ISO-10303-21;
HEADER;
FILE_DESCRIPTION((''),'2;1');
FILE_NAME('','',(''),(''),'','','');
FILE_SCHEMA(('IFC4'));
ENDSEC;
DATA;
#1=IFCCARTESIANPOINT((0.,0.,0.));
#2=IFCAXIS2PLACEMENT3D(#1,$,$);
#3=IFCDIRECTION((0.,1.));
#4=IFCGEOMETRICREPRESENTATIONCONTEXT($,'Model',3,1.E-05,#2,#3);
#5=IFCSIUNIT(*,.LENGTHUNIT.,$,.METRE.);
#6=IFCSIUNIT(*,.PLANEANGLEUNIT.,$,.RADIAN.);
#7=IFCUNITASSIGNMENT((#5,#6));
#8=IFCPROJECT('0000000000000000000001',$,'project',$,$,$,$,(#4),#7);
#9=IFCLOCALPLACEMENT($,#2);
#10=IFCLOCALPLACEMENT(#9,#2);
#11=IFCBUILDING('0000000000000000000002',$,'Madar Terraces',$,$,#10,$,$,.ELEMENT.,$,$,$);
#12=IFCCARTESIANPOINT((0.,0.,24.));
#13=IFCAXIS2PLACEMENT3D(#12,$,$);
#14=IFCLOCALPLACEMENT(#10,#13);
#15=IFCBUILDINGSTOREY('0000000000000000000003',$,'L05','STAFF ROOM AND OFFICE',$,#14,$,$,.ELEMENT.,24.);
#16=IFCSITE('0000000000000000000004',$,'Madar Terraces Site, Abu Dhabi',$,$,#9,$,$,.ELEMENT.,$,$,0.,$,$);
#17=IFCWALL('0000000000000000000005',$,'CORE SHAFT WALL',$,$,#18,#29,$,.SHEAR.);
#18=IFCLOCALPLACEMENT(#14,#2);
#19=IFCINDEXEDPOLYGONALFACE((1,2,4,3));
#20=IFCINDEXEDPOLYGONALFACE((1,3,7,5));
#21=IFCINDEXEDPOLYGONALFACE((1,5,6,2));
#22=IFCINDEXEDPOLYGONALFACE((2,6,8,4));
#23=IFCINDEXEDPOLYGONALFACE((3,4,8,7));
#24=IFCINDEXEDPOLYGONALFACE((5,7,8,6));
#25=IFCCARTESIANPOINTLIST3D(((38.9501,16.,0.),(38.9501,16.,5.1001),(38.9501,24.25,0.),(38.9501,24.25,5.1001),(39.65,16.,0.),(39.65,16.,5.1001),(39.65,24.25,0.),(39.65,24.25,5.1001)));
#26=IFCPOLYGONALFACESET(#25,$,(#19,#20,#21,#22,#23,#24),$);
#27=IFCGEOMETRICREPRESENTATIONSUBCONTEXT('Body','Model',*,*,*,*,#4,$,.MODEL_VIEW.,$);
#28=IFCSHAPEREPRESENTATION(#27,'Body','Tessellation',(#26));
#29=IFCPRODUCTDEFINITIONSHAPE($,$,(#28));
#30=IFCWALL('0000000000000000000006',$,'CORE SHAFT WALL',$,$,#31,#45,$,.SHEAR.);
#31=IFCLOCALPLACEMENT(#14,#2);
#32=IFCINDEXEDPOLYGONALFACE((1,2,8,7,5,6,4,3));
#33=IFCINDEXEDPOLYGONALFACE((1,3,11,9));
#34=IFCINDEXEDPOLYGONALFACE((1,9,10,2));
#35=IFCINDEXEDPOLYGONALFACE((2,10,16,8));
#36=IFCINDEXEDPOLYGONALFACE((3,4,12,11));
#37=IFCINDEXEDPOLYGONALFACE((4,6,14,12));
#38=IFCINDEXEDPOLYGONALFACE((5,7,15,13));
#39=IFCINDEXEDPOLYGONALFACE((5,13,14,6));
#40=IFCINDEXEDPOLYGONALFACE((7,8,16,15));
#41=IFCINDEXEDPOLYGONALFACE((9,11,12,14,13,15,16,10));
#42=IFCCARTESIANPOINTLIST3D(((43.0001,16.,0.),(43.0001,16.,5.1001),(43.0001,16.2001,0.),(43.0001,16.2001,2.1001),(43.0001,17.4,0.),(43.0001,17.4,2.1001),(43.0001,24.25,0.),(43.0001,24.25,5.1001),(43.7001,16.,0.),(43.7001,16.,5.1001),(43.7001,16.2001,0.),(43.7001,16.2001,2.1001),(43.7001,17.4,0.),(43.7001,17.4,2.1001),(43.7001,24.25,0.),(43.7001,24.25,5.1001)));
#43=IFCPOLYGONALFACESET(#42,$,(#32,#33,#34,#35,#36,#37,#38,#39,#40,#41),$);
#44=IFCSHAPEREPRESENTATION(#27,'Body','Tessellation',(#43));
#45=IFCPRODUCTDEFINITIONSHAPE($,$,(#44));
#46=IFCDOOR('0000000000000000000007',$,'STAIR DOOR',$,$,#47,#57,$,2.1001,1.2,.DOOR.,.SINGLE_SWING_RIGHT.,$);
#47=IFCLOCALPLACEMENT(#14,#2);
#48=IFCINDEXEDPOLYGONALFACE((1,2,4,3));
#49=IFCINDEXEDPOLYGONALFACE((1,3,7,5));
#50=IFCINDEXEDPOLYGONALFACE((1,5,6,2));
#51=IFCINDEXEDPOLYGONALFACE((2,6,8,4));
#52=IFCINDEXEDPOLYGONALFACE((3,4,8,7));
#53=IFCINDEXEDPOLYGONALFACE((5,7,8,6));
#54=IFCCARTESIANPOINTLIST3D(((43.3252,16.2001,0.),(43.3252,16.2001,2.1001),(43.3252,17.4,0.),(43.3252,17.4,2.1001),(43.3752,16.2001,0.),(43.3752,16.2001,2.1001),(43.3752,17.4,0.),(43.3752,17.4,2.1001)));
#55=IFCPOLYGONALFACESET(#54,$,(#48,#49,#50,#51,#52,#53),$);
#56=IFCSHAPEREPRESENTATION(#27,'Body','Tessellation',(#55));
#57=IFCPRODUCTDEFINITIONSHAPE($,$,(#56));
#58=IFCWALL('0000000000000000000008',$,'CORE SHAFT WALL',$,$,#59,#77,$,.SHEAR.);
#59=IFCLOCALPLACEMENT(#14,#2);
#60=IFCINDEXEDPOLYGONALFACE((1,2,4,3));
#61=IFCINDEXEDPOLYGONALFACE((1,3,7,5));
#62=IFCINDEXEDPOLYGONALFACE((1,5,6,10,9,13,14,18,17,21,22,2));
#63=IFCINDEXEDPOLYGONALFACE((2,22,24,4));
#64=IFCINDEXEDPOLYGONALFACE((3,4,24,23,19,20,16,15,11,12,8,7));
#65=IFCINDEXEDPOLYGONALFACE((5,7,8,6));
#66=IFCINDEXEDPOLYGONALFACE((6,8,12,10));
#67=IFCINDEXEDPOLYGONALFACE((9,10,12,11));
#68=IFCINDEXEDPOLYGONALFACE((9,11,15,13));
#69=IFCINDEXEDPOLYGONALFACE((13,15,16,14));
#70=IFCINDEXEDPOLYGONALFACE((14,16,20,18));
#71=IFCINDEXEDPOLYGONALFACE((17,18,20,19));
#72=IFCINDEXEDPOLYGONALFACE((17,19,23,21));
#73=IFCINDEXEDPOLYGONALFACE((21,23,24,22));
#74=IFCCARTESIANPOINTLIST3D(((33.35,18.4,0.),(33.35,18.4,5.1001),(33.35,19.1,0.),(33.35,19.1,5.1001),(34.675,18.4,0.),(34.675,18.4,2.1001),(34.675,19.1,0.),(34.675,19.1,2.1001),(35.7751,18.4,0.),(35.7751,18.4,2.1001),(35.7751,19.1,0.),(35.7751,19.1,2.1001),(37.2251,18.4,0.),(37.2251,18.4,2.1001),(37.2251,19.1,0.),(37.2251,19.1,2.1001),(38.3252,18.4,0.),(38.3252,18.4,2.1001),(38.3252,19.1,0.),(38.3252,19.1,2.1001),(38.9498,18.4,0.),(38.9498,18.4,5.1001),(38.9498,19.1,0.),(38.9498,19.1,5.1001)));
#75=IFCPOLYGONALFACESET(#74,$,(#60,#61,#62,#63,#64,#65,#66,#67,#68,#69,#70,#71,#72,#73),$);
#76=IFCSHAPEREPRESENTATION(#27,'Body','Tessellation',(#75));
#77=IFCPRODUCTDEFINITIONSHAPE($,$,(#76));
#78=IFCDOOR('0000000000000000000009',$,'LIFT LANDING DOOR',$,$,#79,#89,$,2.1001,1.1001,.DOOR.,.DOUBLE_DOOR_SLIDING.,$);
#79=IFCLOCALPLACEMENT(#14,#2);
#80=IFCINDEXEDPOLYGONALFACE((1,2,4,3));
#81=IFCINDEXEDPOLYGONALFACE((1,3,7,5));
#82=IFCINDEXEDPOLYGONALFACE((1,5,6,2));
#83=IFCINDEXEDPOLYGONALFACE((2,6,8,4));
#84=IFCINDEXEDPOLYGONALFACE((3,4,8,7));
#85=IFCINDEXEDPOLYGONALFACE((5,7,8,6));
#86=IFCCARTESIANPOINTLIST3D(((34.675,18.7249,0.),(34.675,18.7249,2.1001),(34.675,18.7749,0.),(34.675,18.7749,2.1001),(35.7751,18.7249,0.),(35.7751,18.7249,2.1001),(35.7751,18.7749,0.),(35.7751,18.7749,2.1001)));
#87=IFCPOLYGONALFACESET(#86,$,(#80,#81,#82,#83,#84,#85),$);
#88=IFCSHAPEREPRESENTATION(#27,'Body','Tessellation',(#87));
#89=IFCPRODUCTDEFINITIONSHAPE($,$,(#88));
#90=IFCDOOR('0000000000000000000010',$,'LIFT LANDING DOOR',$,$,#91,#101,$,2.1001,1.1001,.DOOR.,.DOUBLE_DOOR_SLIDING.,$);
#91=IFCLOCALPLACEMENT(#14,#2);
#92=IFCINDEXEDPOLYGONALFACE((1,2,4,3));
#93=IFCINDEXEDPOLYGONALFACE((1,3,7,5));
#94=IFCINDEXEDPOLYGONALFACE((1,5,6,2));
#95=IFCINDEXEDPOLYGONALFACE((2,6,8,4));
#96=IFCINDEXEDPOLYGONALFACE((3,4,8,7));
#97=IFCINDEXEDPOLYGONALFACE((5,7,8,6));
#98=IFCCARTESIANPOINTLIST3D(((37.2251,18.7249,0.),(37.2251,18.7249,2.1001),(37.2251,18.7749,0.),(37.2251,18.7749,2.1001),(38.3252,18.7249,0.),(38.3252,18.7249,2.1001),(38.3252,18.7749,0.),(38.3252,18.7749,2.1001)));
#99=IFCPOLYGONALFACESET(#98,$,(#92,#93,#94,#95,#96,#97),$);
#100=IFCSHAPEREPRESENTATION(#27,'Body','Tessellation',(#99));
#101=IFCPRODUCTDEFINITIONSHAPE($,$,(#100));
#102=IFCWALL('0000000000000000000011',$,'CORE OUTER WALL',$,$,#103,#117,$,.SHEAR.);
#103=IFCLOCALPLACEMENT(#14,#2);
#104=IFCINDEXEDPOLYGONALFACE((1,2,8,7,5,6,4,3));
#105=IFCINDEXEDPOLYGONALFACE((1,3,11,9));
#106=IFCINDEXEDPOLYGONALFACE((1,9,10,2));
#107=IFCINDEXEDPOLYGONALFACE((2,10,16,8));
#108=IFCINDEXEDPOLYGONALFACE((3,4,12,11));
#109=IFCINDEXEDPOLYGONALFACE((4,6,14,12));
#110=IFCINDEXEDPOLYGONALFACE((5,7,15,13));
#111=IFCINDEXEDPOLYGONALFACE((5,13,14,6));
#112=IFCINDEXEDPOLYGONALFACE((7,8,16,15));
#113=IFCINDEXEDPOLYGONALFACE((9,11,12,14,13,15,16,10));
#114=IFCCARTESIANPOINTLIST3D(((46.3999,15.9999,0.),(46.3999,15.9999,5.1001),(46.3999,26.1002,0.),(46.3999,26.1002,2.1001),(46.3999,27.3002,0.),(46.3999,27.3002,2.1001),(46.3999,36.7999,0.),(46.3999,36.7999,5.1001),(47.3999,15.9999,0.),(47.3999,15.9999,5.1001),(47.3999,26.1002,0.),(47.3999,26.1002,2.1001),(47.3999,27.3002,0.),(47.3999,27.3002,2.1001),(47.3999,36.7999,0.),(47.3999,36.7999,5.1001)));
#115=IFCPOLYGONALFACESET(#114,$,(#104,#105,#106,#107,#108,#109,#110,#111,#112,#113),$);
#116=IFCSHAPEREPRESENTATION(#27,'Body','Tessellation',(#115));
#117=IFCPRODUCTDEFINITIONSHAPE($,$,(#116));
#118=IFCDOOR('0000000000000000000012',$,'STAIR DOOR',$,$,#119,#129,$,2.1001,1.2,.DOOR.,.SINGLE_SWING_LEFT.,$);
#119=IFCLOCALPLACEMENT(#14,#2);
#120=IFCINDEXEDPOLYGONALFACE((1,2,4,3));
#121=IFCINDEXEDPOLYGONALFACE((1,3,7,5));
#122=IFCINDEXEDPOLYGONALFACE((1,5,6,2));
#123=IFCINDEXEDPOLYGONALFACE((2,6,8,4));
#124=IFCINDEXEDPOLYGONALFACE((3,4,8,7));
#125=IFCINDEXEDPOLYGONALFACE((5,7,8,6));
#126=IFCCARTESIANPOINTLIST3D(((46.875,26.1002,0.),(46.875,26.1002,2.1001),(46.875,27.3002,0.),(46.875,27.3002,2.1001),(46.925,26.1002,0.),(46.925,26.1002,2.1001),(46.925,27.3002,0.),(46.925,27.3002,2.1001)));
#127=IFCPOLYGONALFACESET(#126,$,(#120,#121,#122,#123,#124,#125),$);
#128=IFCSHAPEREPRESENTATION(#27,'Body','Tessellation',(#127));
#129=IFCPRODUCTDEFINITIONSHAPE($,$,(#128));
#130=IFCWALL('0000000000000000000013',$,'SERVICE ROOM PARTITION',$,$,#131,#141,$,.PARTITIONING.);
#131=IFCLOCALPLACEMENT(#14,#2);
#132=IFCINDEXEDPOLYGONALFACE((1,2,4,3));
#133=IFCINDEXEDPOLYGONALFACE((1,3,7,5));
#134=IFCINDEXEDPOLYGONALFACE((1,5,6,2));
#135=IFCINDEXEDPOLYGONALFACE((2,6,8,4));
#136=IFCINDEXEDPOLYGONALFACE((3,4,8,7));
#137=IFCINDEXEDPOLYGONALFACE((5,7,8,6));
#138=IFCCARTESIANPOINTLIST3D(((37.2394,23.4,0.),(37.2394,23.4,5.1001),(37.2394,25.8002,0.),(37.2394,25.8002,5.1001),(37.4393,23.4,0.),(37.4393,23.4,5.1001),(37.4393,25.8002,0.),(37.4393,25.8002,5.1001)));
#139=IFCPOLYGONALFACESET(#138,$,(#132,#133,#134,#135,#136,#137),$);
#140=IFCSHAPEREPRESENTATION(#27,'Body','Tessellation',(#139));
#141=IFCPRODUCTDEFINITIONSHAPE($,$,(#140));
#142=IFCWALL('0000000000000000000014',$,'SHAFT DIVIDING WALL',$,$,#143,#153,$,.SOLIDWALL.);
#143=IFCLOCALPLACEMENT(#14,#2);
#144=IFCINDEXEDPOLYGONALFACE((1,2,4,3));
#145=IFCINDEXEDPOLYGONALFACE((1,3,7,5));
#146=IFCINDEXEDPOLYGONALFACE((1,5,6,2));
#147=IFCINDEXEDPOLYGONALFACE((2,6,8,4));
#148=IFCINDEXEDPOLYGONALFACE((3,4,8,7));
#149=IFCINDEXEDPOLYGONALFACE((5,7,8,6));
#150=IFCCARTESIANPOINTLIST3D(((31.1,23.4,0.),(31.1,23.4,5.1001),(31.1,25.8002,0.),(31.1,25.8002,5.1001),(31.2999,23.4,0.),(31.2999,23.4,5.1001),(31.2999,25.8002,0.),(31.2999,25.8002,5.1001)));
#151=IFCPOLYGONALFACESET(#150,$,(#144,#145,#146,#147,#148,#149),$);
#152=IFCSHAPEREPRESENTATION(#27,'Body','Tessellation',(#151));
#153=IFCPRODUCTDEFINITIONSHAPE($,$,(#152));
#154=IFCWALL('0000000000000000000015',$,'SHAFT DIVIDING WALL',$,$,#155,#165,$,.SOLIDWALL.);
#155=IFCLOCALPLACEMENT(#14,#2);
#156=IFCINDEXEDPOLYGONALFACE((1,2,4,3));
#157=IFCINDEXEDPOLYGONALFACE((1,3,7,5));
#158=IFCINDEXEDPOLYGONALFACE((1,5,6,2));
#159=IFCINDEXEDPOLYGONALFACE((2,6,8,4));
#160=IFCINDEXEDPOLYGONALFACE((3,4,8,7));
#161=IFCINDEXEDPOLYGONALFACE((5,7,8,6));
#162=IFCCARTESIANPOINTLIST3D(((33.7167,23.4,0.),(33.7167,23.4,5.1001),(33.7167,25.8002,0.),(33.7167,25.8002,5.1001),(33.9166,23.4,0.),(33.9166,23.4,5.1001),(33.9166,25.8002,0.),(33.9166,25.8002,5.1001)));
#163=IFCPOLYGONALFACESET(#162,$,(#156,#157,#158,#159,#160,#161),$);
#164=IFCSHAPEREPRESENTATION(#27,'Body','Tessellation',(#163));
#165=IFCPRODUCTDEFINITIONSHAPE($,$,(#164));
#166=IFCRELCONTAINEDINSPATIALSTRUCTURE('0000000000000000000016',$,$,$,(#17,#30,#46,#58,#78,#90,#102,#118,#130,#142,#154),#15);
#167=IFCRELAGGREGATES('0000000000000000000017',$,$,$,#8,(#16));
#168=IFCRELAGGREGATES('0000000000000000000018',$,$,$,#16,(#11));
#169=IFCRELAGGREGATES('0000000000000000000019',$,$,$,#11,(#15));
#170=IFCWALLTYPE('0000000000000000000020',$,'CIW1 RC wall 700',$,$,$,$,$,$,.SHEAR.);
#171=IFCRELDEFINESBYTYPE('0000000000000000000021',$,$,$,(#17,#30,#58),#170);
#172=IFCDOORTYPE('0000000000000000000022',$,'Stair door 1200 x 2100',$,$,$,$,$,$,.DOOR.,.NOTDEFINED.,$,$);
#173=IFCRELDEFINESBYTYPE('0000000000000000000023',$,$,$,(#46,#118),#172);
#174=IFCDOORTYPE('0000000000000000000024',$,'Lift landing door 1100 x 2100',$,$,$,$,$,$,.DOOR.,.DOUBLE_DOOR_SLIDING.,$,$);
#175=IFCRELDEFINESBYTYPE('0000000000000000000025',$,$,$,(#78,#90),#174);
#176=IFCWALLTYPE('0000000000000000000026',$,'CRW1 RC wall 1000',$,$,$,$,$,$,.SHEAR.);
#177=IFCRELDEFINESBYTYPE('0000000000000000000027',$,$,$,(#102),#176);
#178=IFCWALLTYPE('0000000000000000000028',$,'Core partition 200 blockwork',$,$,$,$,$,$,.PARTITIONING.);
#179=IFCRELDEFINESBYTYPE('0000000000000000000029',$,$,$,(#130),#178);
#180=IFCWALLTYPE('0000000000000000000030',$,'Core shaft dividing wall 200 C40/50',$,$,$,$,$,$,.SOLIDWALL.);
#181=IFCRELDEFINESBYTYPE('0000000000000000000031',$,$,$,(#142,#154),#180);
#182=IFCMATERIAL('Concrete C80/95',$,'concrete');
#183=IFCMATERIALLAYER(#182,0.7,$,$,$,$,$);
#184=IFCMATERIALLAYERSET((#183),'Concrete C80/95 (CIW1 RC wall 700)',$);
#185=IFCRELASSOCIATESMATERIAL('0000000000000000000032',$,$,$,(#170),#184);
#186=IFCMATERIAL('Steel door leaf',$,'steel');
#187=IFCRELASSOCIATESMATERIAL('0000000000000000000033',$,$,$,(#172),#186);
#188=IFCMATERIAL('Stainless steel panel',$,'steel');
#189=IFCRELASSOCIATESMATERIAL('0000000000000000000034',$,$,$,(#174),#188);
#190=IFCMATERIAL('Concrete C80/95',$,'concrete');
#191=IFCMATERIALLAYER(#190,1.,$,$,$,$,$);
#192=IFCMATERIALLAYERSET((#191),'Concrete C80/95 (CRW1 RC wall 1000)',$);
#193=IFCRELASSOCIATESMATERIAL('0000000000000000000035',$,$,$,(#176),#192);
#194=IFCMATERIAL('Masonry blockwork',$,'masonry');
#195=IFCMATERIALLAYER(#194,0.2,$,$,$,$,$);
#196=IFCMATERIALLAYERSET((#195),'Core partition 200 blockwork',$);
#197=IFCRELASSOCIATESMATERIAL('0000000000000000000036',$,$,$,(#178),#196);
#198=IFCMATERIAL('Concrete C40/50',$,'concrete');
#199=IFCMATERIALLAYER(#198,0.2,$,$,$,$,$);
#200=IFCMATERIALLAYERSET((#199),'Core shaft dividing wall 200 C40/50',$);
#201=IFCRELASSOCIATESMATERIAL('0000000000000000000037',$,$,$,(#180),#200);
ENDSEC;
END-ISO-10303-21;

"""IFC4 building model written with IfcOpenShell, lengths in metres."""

from ifc_helpers import new_model, si_unit, direction, frame, frame_2d, origin, place, context, subcontext, project, spatial, rectangle, extrude, material, layer, layer_set, type_object, element, fill, save


model = new_model("IFC4")

# Units and contexts
model_context = context("Model", 3, precision=1e-05, world=origin(), true_north=direction((0.0, 1.0)))
body_context = subcontext(model_context, "Body", "Model", "MODEL_VIEW")
ifc_project = project(units=[si_unit("LENGTHUNIT", "METRE"), si_unit("PLANEANGLEUNIT", "RADIAN")], contexts=[model_context])

# Site, building, storey
site_placement = place(None, origin())
site = spatial("IfcSite", under=ifc_project, at=site_placement, Name="Madar Terraces Site, Abu Dhabi", CompositionType="ELEMENT", RefElevation=0.0)
building_placement = place(site_placement, origin())
building = spatial("IfcBuilding", under=site, at=building_placement, Name="Madar Terraces", CompositionType="ELEMENT")
storey_placement = place(building_placement, frame((0.0, 0.0, 24.0)))
storey = spatial("IfcBuildingStorey", under=building, at=storey_placement, Name="L05", Description="STAFF ROOM AND OFFICE", CompositionType="ELEMENT", Elevation=24.0)

# Wall
ifc_material_1 = material(Name="Concrete C80/95", Category="concrete")
ifc_layer_1 = layer(ifc_material_1, 0.7)
ifc_layer_set_1 = layer_set([ifc_layer_1], Name="Concrete C80/95 (CIW1 RC wall 700)")
wall_type_1 = type_object("IfcWallType", Name="CIW1 RC wall 700", PredefinedType="SHEAR", material=ifc_layer_set_1)
wall_1_placement = place(storey_placement, frame((39.3, 16.0, 0.0), z_axis=(0.0, 0.0, 1.0), x_axis=(0.0, 1.0, 0.0)))
element("IfcWall", 1, at=wall_1_placement, inside=storey, type_object=wall_type_1, Name="CORE SHAFT WALL", PredefinedType="SHEAR", context=body_context, shape_type="SweptSolid", body=[
    extrude(rectangle(XDim=8.25, YDim=0.7, at=frame_2d((4.125, 0.0))), origin(), (0.0, 0.0, 1.0), 5.1001),
])

# Wall, opening, door
wall_2_placement = place(storey_placement, frame((43.3501, 16.0, 0.0), z_axis=(0.0, 0.0, 1.0), x_axis=(0.0, 1.0, 0.0)))
wall_2 = element("IfcWall", 2, at=wall_2_placement, inside=storey, type_object=wall_type_1, Name="CORE SHAFT WALL", PredefinedType="SHEAR", context=body_context, shape_type="SweptSolid", body=[
    extrude(rectangle(XDim=8.25, YDim=0.7, at=frame_2d((4.125, 0.0))), origin(), (0.0, 0.0, 1.0), 5.1001),
])
opening_1_placement = place(wall_2_placement, frame((0.2, 0.0, 0.0)))
opening_1 = element("IfcOpeningElement", 3, at=opening_1_placement, cuts=wall_2, PredefinedType="OPENING", context=body_context, shape_type="SweptSolid", body=[
    extrude(rectangle(XDim=1.2, YDim=2.1001, at=frame_2d((0.6001, 1.05))), frame((0.0, 0.3599, 0.0), z_axis=(0.0, -1.0, 0.0), x_axis=(1.0, 0.0, 0.0)), (0.0, 0.0, 1.0), 0.72),
])
ifc_material_2 = material(Name="Steel door leaf", Category="steel")
door_type_1 = type_object("IfcDoorType", Name="Stair door 1200 x 2100", OperationType="NOTDEFINED", PredefinedType="DOOR", material=ifc_material_2)
door_1_placement = place(opening_1_placement, origin())
door_1 = element("IfcDoor", 4, at=door_1_placement, inside=storey, type_object=door_type_1, Name="STAIR DOOR", OperationType="SINGLE_SWING_RIGHT", OverallHeight=2.1001, OverallWidth=1.2, PredefinedType="DOOR", context=body_context, shape_type="SweptSolid", body=[
    extrude(rectangle(XDim=1.2, YDim=2.1001, at=frame_2d((0.6001, 1.05))), frame((0.0, 0.0249, 0.0), z_axis=(0.0, -1.0, 0.0), x_axis=(1.0, 0.0, 0.0)), (0.0, 0.0, 1.0), 0.05),
])
fill(opening_1, door_1)

# Wall, openings, doors
wall_3_placement = place(storey_placement, frame((33.3501, 18.75, 0.0), z_axis=(0.0, 0.0, 1.0), x_axis=(1.0, 0.0, 0.0)))
wall_3 = element("IfcWall", 5, at=wall_3_placement, inside=storey, type_object=wall_type_1, Name="CORE SHAFT WALL", PredefinedType="SHEAR", context=body_context, shape_type="SweptSolid", body=[
    extrude(rectangle(XDim=5.5999, YDim=0.7, at=frame_2d((2.7998, 0.0))), origin(), (0.0, 0.0, 1.0), 5.1001),
])
opening_2_placement = place(wall_3_placement, frame((1.325, 0.0, 0.0)))
opening_2 = element("IfcOpeningElement", 6, at=opening_2_placement, cuts=wall_3, PredefinedType="OPENING", context=body_context, shape_type="SweptSolid", body=[
    extrude(rectangle(XDim=1.1001, YDim=2.1001, at=frame_2d((0.55, 1.05))), frame((0.0, 0.3599, 0.0), z_axis=(0.0, -1.0, 0.0), x_axis=(1.0, 0.0, 0.0)), (0.0, 0.0, 1.0), 0.72),
])
opening_3_placement = place(wall_3_placement, frame((3.875, 0.0, 0.0)))
opening_3 = element("IfcOpeningElement", 7, at=opening_3_placement, cuts=wall_3, PredefinedType="OPENING", context=body_context, shape_type="SweptSolid", body=[
    extrude(rectangle(XDim=1.1001, YDim=2.1001, at=frame_2d((0.55, 1.05))), frame((0.0, 0.3599, 0.0), z_axis=(0.0, -1.0, 0.0), x_axis=(1.0, 0.0, 0.0)), (0.0, 0.0, 1.0), 0.72),
])
ifc_material_3 = material(Name="Stainless steel panel", Category="steel")
door_type_2 = type_object("IfcDoorType", Name="Lift landing door 1100 x 2100", OperationType="DOUBLE_DOOR_SLIDING", PredefinedType="DOOR", material=ifc_material_3)
door_2_placement = place(opening_2_placement, origin())
door_2 = element("IfcDoor", 8, at=door_2_placement, inside=storey, type_object=door_type_2, Name="LIFT LANDING DOOR", OperationType="DOUBLE_DOOR_SLIDING", OverallHeight=2.1001, OverallWidth=1.1001, PredefinedType="DOOR", context=body_context, shape_type="SweptSolid", body=[
    extrude(rectangle(XDim=1.1001, YDim=2.1001, at=frame_2d((0.55, 1.05))), frame((0.0, 0.0249, 0.0), z_axis=(0.0, -1.0, 0.0), x_axis=(1.0, 0.0, 0.0)), (0.0, 0.0, 1.0), 0.05),
])
fill(opening_2, door_2)
door_3_placement = place(opening_3_placement, origin())
door_3 = element("IfcDoor", 9, at=door_3_placement, inside=storey, type_object=door_type_2, Name="LIFT LANDING DOOR", OperationType="DOUBLE_DOOR_SLIDING", OverallHeight=2.1001, OverallWidth=1.1001, PredefinedType="DOOR", context=body_context, shape_type="SweptSolid", body=[
    extrude(rectangle(XDim=1.1001, YDim=2.1001, at=frame_2d((0.55, 1.05))), frame((0.0, 0.0249, 0.0), z_axis=(0.0, -1.0, 0.0), x_axis=(1.0, 0.0, 0.0)), (0.0, 0.0, 1.0), 0.05),
])
fill(opening_3, door_3)

# Wall, opening, door
ifc_material_4 = material(Name="Concrete C80/95", Category="concrete")
ifc_layer_2 = layer(ifc_material_4, 1.0)
ifc_layer_set_2 = layer_set([ifc_layer_2], Name="Concrete C80/95 (CRW1 RC wall 1000)")
wall_type_2 = type_object("IfcWallType", Name="CRW1 RC wall 1000", PredefinedType="SHEAR", material=ifc_layer_set_2)
wall_4_placement = place(storey_placement, frame((46.8999, 16.0, 0.0), z_axis=(0.0, 0.0, 1.0), x_axis=(0.0, 1.0, 0.0)))
wall_4 = element("IfcWall", 10, at=wall_4_placement, inside=storey, type_object=wall_type_2, Name="CORE OUTER WALL", PredefinedType="SHEAR", context=body_context, shape_type="SweptSolid", body=[
    extrude(rectangle(XDim=20.8, YDim=1.0, at=frame_2d((10.3999, 0.0))), origin(), (0.0, 0.0, 1.0), 5.1001),
])
opening_4_placement = place(wall_4_placement, frame((10.1001, 0.0, 0.0)))
opening_4 = element("IfcOpeningElement", 11, at=opening_4_placement, cuts=wall_4, PredefinedType="OPENING", context=body_context, shape_type="SweptSolid", body=[
    extrude(rectangle(XDim=1.2, YDim=2.1001, at=frame_2d((0.6001, 1.05))), frame((0.0, 0.51, 0.0), z_axis=(0.0, -1.0, 0.0), x_axis=(1.0, 0.0, 0.0)), (0.0, 0.0, 1.0), 1.02),
])
door_4_placement = place(opening_4_placement, origin())
door_4 = element("IfcDoor", 12, at=door_4_placement, inside=storey, type_object=door_type_1, Name="STAIR DOOR", OperationType="SINGLE_SWING_LEFT", OverallHeight=2.1001, OverallWidth=1.2, PredefinedType="DOOR", context=body_context, shape_type="SweptSolid", body=[
    extrude(rectangle(XDim=1.2, YDim=2.1001, at=frame_2d((0.6001, 1.05))), frame((0.0, 0.0249, 0.0), z_axis=(0.0, -1.0, 0.0), x_axis=(1.0, 0.0, 0.0)), (0.0, 0.0, 1.0), 0.05),
])
fill(opening_4, door_4)

# Walls
ifc_material_5 = material(Name="Masonry blockwork", Category="masonry")
ifc_layer_3 = layer(ifc_material_5, 0.2)
ifc_layer_set_3 = layer_set([ifc_layer_3], Name="Core partition 200 blockwork")
wall_type_3 = type_object("IfcWallType", Name="Core partition 200 blockwork", PredefinedType="PARTITIONING", material=ifc_layer_set_3)
wall_5_placement = place(storey_placement, frame((37.3394, 23.3999, 0.0), z_axis=(0.0, 0.0, 1.0), x_axis=(0.0, 1.0, 0.0)))
element("IfcWall", 13, at=wall_5_placement, inside=storey, type_object=wall_type_3, Name="SERVICE ROOM PARTITION", PredefinedType="PARTITIONING", context=body_context, shape_type="SweptSolid", body=[
    extrude(rectangle(XDim=2.4001, YDim=0.2, at=frame_2d((1.2002, 0.0))), origin(), (0.0, 0.0, 1.0), 5.1001),
])
ifc_material_6 = material(Name="Concrete C40/50", Category="concrete")
ifc_layer_4 = layer(ifc_material_6, 0.2)
ifc_layer_set_4 = layer_set([ifc_layer_4], Name="Core shaft dividing wall 200 C40/50")
wall_type_4 = type_object("IfcWallType", Name="Core shaft dividing wall 200 C40/50", PredefinedType="SOLIDWALL", material=ifc_layer_set_4)
for number, where, z_axis, x_axis, name in (
    (14, (31.2, 23.3999, 0.0), (0.0, 0.0, 1.0), (0.0, 1.0, 0.0), "SHAFT DIVIDING WALL"),
    (15, (33.8167, 23.3999, 0.0), (0.0, 0.0, 1.0), (0.0, 1.0, 0.0), "SHAFT DIVIDING WALL"),
):
    element("IfcWall", number, at=place(storey_placement, frame(where, z_axis=z_axis, x_axis=x_axis)), inside=storey, type_object=wall_type_4, Name=name, PredefinedType="SOLIDWALL", context=body_context, shape_type="SweptSolid", body=[
        extrude(rectangle(XDim=2.4001, YDim=0.2, at=frame_2d((1.2002, 0.0))), origin(), (0.0, 0.0, 1.0), 5.1001),
    ])

save(model, "model.ifc")
